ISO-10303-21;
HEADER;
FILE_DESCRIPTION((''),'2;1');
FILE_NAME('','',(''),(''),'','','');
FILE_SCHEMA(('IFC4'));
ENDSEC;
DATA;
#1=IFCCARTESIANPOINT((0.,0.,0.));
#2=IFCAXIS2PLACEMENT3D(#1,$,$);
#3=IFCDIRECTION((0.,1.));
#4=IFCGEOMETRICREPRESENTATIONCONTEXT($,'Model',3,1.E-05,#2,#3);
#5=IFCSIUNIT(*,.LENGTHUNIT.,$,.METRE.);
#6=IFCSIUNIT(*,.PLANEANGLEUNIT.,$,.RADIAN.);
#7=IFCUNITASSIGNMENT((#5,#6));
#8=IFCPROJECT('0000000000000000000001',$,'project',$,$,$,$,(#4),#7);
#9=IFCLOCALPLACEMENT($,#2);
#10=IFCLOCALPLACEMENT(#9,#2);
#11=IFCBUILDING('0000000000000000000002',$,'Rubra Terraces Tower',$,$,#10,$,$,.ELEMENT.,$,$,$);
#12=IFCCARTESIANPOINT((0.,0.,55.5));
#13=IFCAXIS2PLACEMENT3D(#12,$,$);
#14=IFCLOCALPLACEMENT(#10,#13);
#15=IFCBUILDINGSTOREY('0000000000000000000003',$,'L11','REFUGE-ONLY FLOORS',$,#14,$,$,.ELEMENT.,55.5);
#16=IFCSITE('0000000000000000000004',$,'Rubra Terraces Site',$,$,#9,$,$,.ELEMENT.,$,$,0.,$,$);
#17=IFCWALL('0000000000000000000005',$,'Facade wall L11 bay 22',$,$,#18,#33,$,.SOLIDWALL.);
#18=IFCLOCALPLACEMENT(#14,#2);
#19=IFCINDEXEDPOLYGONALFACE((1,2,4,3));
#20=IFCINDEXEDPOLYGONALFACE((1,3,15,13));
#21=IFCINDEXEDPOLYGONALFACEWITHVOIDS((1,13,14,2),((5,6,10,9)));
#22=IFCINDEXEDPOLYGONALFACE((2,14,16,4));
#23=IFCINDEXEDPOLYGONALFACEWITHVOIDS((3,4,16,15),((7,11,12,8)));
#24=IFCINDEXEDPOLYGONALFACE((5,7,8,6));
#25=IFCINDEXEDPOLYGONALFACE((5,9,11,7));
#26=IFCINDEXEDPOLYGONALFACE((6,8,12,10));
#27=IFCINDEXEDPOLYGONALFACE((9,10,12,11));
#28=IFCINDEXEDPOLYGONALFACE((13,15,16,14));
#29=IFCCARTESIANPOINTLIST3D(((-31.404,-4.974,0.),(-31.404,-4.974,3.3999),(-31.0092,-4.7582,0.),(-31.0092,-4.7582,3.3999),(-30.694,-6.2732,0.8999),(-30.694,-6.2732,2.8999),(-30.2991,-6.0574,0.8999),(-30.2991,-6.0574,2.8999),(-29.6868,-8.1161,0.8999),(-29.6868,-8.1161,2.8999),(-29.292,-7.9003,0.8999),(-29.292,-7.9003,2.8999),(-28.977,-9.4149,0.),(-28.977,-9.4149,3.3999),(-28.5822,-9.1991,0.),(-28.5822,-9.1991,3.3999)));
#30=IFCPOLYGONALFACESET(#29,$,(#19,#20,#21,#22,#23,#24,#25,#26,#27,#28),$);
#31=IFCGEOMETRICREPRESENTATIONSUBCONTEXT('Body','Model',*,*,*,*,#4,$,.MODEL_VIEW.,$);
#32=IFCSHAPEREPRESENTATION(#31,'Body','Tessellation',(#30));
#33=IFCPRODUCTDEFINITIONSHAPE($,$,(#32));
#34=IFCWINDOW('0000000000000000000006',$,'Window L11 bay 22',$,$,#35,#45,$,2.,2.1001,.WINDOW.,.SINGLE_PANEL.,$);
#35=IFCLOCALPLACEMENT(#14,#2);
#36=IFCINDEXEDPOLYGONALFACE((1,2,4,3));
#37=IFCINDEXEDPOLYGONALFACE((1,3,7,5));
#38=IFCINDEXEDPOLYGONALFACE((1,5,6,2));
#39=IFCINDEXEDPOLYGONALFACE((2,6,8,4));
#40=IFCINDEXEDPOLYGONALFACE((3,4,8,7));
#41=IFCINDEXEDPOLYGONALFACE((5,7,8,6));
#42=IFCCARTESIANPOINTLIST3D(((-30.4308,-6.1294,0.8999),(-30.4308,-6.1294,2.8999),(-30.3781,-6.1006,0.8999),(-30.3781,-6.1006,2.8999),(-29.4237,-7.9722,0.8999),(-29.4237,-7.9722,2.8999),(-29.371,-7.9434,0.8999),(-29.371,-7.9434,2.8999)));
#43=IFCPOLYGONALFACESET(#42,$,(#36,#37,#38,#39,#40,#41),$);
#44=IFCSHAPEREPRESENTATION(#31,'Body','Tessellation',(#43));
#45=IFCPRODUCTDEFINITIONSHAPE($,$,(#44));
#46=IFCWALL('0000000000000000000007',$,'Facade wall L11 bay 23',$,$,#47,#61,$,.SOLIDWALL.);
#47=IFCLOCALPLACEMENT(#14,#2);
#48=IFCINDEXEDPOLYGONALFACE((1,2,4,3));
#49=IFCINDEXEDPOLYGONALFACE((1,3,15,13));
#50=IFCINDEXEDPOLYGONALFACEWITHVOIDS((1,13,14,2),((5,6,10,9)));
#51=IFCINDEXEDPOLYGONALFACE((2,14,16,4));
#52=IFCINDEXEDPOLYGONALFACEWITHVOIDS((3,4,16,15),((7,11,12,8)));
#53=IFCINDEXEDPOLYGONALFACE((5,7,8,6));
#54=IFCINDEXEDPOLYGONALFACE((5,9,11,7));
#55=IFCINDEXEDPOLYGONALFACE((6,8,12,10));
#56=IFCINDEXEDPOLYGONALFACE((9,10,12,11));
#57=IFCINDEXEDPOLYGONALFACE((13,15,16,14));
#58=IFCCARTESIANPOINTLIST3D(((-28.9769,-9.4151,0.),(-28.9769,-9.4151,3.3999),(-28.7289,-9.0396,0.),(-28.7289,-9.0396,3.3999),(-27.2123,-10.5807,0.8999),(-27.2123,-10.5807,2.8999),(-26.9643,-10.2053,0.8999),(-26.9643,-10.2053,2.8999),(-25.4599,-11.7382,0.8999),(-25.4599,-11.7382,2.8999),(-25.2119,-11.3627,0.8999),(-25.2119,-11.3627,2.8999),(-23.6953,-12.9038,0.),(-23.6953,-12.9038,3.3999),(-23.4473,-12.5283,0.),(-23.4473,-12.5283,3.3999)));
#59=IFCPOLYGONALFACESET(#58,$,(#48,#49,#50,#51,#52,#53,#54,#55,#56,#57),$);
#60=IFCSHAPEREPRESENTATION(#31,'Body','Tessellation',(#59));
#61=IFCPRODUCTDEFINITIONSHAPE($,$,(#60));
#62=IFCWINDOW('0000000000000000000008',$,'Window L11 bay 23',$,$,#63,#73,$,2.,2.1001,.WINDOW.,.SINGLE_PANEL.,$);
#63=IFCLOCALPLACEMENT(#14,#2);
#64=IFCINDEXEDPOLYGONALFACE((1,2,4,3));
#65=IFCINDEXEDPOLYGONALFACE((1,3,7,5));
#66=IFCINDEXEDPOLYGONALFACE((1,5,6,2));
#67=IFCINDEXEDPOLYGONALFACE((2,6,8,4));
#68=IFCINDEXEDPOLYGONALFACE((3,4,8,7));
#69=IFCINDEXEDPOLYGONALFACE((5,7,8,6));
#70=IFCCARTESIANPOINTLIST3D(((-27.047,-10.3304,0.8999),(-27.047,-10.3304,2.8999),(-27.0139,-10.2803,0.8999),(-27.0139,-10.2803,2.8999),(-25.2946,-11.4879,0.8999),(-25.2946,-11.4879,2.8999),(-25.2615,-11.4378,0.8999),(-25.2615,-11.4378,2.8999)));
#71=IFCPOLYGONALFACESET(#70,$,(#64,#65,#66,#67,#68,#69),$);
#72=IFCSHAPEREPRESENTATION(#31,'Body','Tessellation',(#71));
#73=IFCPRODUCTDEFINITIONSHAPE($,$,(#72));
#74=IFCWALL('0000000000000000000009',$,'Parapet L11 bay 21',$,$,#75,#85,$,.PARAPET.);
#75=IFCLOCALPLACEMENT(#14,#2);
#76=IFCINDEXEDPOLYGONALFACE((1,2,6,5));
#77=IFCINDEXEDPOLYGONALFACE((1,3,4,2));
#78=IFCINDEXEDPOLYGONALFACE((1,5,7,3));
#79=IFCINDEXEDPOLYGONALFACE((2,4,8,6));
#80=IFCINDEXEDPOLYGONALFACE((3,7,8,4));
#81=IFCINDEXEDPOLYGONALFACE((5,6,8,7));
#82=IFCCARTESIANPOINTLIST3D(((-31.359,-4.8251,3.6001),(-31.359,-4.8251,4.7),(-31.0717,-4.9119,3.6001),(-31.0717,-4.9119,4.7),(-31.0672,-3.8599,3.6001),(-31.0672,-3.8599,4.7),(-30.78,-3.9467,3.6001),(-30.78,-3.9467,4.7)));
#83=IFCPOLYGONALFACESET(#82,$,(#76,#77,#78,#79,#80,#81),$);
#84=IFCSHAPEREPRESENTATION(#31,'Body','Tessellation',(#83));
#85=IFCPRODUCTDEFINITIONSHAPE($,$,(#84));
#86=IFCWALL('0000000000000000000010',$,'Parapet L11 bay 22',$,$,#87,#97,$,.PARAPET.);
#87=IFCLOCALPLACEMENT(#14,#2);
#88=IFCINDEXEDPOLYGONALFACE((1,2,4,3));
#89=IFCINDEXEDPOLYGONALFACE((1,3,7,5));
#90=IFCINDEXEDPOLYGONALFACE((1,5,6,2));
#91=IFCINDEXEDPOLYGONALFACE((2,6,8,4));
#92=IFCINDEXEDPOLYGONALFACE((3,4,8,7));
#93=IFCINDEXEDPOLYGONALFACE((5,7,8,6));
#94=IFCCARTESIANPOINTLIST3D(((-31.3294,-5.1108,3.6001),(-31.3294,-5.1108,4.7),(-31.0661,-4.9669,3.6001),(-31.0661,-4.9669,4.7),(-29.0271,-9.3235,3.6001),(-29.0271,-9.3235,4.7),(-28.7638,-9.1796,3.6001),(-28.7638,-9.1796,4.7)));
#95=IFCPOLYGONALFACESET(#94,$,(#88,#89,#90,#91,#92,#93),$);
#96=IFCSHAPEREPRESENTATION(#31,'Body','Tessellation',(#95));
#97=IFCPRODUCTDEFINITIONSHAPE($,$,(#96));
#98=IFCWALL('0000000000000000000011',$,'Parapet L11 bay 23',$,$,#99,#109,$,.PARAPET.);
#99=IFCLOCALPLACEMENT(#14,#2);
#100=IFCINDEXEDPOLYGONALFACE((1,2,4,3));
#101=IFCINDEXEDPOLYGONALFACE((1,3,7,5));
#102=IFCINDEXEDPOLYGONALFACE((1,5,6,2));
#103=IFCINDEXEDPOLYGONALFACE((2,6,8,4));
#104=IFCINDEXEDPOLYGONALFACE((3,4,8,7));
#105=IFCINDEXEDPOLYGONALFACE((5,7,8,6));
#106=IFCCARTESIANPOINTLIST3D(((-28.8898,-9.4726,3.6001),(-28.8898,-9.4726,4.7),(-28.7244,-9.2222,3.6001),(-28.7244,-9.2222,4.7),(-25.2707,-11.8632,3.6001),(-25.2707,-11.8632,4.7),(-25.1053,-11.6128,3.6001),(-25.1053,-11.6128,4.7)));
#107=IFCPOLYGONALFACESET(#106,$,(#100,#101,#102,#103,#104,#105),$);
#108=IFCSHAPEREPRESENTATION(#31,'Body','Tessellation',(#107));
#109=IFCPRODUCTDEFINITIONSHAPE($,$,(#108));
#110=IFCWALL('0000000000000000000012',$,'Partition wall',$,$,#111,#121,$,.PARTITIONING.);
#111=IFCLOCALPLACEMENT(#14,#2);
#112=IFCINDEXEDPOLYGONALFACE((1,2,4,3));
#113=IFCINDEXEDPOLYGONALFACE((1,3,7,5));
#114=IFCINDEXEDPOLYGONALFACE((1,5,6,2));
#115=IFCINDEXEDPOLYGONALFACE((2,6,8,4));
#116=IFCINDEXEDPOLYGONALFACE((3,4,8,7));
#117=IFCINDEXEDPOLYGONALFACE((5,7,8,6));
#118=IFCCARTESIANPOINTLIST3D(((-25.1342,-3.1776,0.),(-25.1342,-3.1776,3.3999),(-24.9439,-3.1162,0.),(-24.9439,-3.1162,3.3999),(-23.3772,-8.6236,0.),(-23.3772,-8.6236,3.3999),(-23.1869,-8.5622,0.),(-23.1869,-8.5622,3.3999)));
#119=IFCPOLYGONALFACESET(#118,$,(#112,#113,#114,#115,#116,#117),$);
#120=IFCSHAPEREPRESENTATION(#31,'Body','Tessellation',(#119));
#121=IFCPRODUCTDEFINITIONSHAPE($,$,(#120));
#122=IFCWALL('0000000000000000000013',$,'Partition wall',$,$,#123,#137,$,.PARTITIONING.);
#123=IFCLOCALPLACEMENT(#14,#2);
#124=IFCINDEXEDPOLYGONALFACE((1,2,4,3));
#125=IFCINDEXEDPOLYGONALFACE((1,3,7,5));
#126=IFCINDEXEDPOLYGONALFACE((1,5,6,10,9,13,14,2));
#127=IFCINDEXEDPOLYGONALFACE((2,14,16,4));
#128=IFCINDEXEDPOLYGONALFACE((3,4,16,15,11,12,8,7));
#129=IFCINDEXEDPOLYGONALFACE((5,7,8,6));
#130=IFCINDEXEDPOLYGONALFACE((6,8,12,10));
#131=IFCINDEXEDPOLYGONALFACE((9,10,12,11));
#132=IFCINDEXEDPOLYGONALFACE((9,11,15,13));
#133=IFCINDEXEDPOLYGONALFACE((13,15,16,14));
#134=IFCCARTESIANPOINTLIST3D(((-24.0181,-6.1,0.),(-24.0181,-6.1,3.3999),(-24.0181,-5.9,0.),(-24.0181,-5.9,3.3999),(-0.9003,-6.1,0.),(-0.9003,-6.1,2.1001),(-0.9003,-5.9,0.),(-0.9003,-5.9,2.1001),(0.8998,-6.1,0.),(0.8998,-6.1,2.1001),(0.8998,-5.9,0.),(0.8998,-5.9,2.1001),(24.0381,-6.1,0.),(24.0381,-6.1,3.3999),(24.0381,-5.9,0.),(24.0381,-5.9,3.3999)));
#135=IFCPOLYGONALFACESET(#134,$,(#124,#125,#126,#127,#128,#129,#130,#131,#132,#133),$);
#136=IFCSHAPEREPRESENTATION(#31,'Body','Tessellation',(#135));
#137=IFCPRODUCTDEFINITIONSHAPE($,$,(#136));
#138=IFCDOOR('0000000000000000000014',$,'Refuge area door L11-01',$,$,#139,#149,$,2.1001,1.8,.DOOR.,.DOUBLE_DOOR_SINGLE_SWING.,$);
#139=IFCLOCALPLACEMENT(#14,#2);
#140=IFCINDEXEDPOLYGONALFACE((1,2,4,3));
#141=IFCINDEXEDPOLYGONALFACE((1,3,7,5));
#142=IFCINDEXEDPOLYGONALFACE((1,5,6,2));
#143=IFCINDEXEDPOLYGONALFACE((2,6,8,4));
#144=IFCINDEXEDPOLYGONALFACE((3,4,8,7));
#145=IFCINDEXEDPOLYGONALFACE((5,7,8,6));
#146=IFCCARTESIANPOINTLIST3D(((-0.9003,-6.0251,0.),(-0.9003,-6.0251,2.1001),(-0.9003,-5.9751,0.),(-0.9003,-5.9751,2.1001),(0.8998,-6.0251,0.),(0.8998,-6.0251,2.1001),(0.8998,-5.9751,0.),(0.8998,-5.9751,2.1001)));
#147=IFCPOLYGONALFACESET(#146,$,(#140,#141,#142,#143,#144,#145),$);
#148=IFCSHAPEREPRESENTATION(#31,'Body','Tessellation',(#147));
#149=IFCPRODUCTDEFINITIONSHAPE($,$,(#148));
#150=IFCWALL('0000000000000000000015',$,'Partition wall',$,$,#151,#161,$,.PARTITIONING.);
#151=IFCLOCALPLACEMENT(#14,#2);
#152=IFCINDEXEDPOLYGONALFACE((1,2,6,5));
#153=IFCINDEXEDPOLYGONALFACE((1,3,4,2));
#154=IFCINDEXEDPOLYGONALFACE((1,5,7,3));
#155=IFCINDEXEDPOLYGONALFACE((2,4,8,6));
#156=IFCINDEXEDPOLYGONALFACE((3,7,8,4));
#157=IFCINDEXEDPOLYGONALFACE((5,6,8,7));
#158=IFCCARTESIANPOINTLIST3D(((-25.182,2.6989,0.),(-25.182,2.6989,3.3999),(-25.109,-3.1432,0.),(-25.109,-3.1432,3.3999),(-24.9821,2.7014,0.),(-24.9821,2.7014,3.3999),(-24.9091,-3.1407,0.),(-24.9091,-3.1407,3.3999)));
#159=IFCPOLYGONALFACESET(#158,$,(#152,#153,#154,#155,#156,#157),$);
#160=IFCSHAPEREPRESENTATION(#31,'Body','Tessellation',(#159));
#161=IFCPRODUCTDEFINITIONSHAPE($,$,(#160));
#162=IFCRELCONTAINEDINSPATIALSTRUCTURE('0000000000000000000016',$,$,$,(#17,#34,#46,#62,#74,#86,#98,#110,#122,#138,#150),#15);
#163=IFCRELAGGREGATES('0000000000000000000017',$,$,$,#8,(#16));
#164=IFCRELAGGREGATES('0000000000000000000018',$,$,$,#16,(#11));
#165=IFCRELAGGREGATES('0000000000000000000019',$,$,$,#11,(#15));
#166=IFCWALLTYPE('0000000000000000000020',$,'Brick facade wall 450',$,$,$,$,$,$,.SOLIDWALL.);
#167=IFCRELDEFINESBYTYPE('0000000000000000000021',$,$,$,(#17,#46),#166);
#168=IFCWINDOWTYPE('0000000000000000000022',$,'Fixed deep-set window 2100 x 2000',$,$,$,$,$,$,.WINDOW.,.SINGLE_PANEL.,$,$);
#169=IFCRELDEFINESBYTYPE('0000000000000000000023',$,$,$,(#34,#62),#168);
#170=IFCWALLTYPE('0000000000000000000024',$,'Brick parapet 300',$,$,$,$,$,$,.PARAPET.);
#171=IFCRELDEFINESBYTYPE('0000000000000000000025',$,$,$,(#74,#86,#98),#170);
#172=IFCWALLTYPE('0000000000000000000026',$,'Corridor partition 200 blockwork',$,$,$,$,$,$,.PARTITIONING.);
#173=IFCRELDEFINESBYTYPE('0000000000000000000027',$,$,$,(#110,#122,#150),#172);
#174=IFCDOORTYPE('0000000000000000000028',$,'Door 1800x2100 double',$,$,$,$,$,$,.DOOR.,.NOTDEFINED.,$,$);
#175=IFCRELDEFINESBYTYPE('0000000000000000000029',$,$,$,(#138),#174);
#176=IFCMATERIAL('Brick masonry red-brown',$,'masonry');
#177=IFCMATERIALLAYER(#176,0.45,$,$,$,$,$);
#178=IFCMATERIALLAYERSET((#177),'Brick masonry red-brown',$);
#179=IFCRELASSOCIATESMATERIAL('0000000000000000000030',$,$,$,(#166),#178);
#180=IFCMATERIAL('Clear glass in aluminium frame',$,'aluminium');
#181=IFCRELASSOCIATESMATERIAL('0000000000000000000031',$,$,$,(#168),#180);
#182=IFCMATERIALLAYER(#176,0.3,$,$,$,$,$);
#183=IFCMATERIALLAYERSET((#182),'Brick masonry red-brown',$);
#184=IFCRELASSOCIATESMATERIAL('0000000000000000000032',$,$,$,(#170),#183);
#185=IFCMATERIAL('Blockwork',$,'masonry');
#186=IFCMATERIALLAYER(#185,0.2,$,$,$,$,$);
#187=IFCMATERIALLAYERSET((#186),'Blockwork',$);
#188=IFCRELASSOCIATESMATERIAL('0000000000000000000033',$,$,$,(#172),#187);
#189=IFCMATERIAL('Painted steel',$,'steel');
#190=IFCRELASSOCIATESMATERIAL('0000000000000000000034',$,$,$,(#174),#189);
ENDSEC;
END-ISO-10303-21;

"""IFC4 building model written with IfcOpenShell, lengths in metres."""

from ifc_helpers import new_model, si_unit, direction, frame, frame_2d, origin, place, context, subcontext, project, spatial, rectangle, extrude, material, layer, layer_set, type_object, element, fill, save


model = new_model("IFC4")

# Units and contexts
model_context = context("Model", 3, precision=1e-05, world=origin(), true_north=direction((0.0, 1.0)))
body_context = subcontext(model_context, "Body", "Model", "MODEL_VIEW")
ifc_project = project(units=[si_unit("LENGTHUNIT", "METRE"), si_unit("PLANEANGLEUNIT", "RADIAN")], contexts=[model_context])

# Site, building, storey
site_placement = place(None, origin())
site = spatial("IfcSite", under=ifc_project, at=site_placement, Name="Rubra Terraces Site", CompositionType="ELEMENT", RefElevation=0.0)
building_placement = place(site_placement, origin())
building = spatial("IfcBuilding", under=site, at=building_placement, Name="Rubra Terraces Tower", CompositionType="ELEMENT")
storey_placement = place(building_placement, frame((0.0, 0.0, 55.5)))
storey = spatial("IfcBuildingStorey", under=building, at=storey_placement, Name="L11", Description="REFUGE-ONLY FLOORS", CompositionType="ELEMENT", Elevation=55.5)

# Walls, openings, windows
ifc_material_1 = material(Name="Brick masonry red-brown", Category="masonry")
ifc_layer_1 = layer(ifc_material_1, 0.45)
ifc_layer_set_1 = layer_set([ifc_layer_1], Name="Brick masonry red-brown")
wall_type_1 = type_object("IfcWallType", Name="Brick facade wall 450", PredefinedType="SOLIDWALL", material=ifc_layer_set_1)
ifc_material_2 = material(Name="Clear glass in aluminium frame", Category="aluminium")
wall_1_placement = place(storey_placement, frame((-31.2065, -4.8662, 0.0), z_axis=(0.0, 0.0, 1.0), x_axis=(0.479565, -0.877506, 0.0)))
wall_1 = element("IfcWall", 1, at=wall_1_placement, inside=storey, type_object=wall_type_1, Name="Facade wall L11 bay 22", PredefinedType="SOLIDWALL", context=body_context, shape_type="SweptSolid", body=[
    extrude(rectangle(XDim=5.0608, YDim=0.45, at=frame_2d((2.5303, 0.0))), origin(), (0.0, 0.0, 1.0), 3.3999),
])
opening_1_placement = place(wall_1_placement, frame((1.4805, 0.0, 0.8999)))
opening_1 = element("IfcOpeningElement", 2, at=opening_1_placement, cuts=wall_1, PredefinedType="OPENING", context=body_context, shape_type="SweptSolid", body=[
    extrude(rectangle(XDim=2.1001, YDim=2.0, at=frame_2d((1.05, 1.0))), frame((0.0, 0.2349, 0.0), z_axis=(0.0, -1.0, 0.0), x_axis=(1.0, 0.0, 0.0)), (0.0, 0.0, 1.0), 0.47),
])
window_type_1 = type_object("IfcWindowType", Name="Fixed deep-set window 2100 x 2000", PartitioningType="SINGLE_PANEL", PredefinedType="WINDOW", material=ifc_material_2)
window_1_placement = place(opening_1_placement, origin())
window_1 = element("IfcWindow", 3, at=window_1_placement, inside=storey, type_object=window_type_1, Name="Window L11 bay 22", OverallHeight=2.0, OverallWidth=2.1001, PartitioningType="SINGLE_PANEL", PredefinedType="WINDOW", context=body_context, shape_type="SweptSolid", body=[
    extrude(rectangle(XDim=2.1001, YDim=2.0, at=frame_2d((1.05, 1.0))), frame((0.0, 0.135, 0.0), z_axis=(0.0, -1.0, 0.0), x_axis=(1.0, 0.0, 0.0)), (0.0, 0.0, 1.0), 0.0601),
])
fill(opening_1, window_1)
wall_2_placement = place(storey_placement, frame((-28.853, -9.2273, 0.0), z_axis=(0.0, 0.0, 1.0), x_axis=(0.834404, -0.551153, 0.0)))
wall_2 = element("IfcWall", 4, at=wall_2_placement, inside=storey, type_object=wall_type_1, Name="Facade wall L11 bay 23", PredefinedType="SOLIDWALL", context=body_context, shape_type="SweptSolid", body=[
    extrude(rectangle(XDim=6.3298, YDim=0.45, at=frame_2d((3.165, 0.0))), origin(), (0.0, 0.0, 1.0), 3.3999),
])
opening_2_placement = place(wall_2_placement, frame((2.115, 0.0, 0.8999)))
opening_2 = element("IfcOpeningElement", 5, at=opening_2_placement, cuts=wall_2, PredefinedType="OPENING", context=body_context, shape_type="SweptSolid", body=[
    extrude(rectangle(XDim=2.1001, YDim=2.0, at=frame_2d((1.05, 1.0))), frame((0.0, 0.2349, 0.0), z_axis=(0.0, -1.0, 0.0), x_axis=(1.0, 0.0, 0.0)), (0.0, 0.0, 1.0), 0.47),
])
window_2_placement = place(opening_2_placement, origin())
window_2 = element("IfcWindow", 6, at=window_2_placement, inside=storey, type_object=window_type_1, Name="Window L11 bay 23", OverallHeight=2.0, OverallWidth=2.1001, PartitioningType="SINGLE_PANEL", PredefinedType="WINDOW", context=body_context, shape_type="SweptSolid", body=[
    extrude(rectangle(XDim=2.1001, YDim=2.0, at=frame_2d((1.05, 1.0))), frame((0.0, 0.135, 0.0), z_axis=(0.0, -1.0, 0.0), x_axis=(1.0, 0.0, 0.0)), (0.0, 0.0, 1.0), 0.0601),
])
fill(opening_2, window_2)

# Walls
ifc_layer_2 = layer(ifc_material_1, 0.3)
ifc_layer_set_2 = layer_set([ifc_layer_2], Name="Brick masonry red-brown")
wall_type_2 = type_object("IfcWallType", Name="Brick parapet 300", PredefinedType="PARAPET", material=ifc_layer_set_2)
wall_3_placement = place(storey_placement, frame((-30.9236, -3.9033, 3.6001), z_axis=(0.0, 0.0, 1.0), x_axis=(-0.289369, -0.957218, 0.0)))
element("IfcWall", 7, at=wall_3_placement, inside=storey, type_object=wall_type_2, Name="Parapet L11 bay 21", PredefinedType="PARAPET", context=body_context, shape_type="SweptSolid", body=[
    extrude(rectangle(XDim=1.0083, YDim=0.3, at=frame_2d((0.5042, 0.0))), origin(), (0.0, 0.0, 1.0), 1.0999),
])
wall_4_placement = place(storey_placement, frame((-31.1978, -5.0388, 3.6001), z_axis=(0.0, 0.0, 1.0), x_axis=(0.479565, -0.877507, 0.0)))
element("IfcWall", 8, at=wall_4_placement, inside=storey, type_object=wall_type_2, Name="Parapet L11 bay 22", PredefinedType="PARAPET", context=body_context, shape_type="SweptSolid", body=[
    extrude(rectangle(XDim=4.8008, YDim=0.3, at=frame_2d((2.4004, 0.0))), origin(), (0.0, 0.0, 1.0), 1.0999),
])
wall_5_placement = place(storey_placement, frame((-28.8071, -9.3474, 3.6001), z_axis=(0.0, 0.0, 1.0), x_axis=(0.834398, -0.551162, 0.0)))
element("IfcWall", 9, at=wall_5_placement, inside=storey, type_object=wall_type_2, Name="Parapet L11 bay 23", PredefinedType="PARAPET", context=body_context, shape_type="SweptSolid", body=[
    extrude(rectangle(XDim=4.3374, YDim=0.3, at=frame_2d((2.1687, 0.0))), origin(), (0.0, 0.0, 1.0), 1.0999),
])
ifc_material_3 = material(Name="Blockwork", Category="masonry")
ifc_layer_3 = layer(ifc_material_3, 0.2)
ifc_layer_set_3 = layer_set([ifc_layer_3], Name="Blockwork")
wall_type_3 = type_object("IfcWallType", Name="Corridor partition 200 blockwork", PredefinedType="PARTITIONING", material=ifc_layer_set_3)
wall_6_placement = place(storey_placement, frame((-23.282, -8.593, 0.0), z_axis=(0.0, 0.0, 1.0), x_axis=(-0.307049, 0.951694, 0.0)))
element("IfcWall", 10, at=wall_6_placement, inside=storey, type_object=wall_type_3, Name="Partition wall", PredefinedType="PARTITIONING", context=body_context, shape_type="SweptSolid", body=[
    extrude(rectangle(XDim=5.7224, YDim=0.2, at=frame_2d((2.8613, 0.0))), origin(), (0.0, 0.0, 1.0), 3.3999),
])

# Wall, opening, door
wall_7_placement = place(storey_placement, frame((-24.0181, -6.0, 0.0), z_axis=(0.0, 0.0, 1.0), x_axis=(1.0, 0.0, 0.0)))
wall_7 = element("IfcWall", 11, at=wall_7_placement, inside=storey, type_object=wall_type_3, Name="Partition wall", PredefinedType="PARTITIONING", context=body_context, shape_type="SweptSolid", body=[
    extrude(rectangle(XDim=48.0562, YDim=0.2, at=frame_2d((24.0281, 0.0))), origin(), (0.0, 0.0, 1.0), 3.3999),
])
opening_3_placement = place(wall_7_placement, frame((23.1179, 0.0, 0.0)))
opening_3 = element("IfcOpeningElement", 12, at=opening_3_placement, cuts=wall_7, PredefinedType="OPENING", context=body_context, shape_type="SweptSolid", body=[
    extrude(rectangle(XDim=1.8, YDim=2.1001, at=frame_2d((0.8999, 1.05))), frame((0.0, 0.1099, 0.0), z_axis=(0.0, -1.0, 0.0), x_axis=(1.0, 0.0, 0.0)), (0.0, 0.0, 1.0), 0.22),
])
ifc_material_4 = material(Name="Painted steel", Category="steel")
door_type = type_object("IfcDoorType", Name="Door 1800x2100 double", OperationType="NOTDEFINED", PredefinedType="DOOR", material=ifc_material_4)
door_placement = place(opening_3_placement, origin())
door = element("IfcDoor", 13, at=door_placement, inside=storey, type_object=door_type, Name="Refuge area door L11-01", OperationType="DOUBLE_DOOR_SINGLE_SWING", OverallHeight=2.1001, OverallWidth=1.8, PredefinedType="DOOR", context=body_context, shape_type="SweptSolid", body=[
    extrude(rectangle(XDim=1.8, YDim=2.1001, at=frame_2d((0.8999, 1.05))), frame((0.0, 0.0249, 0.0), z_axis=(0.0, -1.0, 0.0), x_axis=(1.0, 0.0, 0.0)), (0.0, 0.0, 1.0), 0.05),
])
fill(opening_3, door)

# Wall
wall_8_placement = place(storey_placement, frame((-25.009, -3.1421, 0.0), z_axis=(0.0, 0.0, 1.0), x_axis=(-0.012494, 0.999922, 0.0)))
element("IfcWall", 14, at=wall_8_placement, inside=storey, type_object=wall_type_3, Name="Partition wall", PredefinedType="PARTITIONING", context=body_context, shape_type="SweptSolid", body=[
    extrude(rectangle(XDim=5.8425, YDim=0.2, at=frame_2d((2.9214, 0.0))), origin(), (0.0, 0.0, 1.0), 3.3999),
])

save(model, "model.ifc")
